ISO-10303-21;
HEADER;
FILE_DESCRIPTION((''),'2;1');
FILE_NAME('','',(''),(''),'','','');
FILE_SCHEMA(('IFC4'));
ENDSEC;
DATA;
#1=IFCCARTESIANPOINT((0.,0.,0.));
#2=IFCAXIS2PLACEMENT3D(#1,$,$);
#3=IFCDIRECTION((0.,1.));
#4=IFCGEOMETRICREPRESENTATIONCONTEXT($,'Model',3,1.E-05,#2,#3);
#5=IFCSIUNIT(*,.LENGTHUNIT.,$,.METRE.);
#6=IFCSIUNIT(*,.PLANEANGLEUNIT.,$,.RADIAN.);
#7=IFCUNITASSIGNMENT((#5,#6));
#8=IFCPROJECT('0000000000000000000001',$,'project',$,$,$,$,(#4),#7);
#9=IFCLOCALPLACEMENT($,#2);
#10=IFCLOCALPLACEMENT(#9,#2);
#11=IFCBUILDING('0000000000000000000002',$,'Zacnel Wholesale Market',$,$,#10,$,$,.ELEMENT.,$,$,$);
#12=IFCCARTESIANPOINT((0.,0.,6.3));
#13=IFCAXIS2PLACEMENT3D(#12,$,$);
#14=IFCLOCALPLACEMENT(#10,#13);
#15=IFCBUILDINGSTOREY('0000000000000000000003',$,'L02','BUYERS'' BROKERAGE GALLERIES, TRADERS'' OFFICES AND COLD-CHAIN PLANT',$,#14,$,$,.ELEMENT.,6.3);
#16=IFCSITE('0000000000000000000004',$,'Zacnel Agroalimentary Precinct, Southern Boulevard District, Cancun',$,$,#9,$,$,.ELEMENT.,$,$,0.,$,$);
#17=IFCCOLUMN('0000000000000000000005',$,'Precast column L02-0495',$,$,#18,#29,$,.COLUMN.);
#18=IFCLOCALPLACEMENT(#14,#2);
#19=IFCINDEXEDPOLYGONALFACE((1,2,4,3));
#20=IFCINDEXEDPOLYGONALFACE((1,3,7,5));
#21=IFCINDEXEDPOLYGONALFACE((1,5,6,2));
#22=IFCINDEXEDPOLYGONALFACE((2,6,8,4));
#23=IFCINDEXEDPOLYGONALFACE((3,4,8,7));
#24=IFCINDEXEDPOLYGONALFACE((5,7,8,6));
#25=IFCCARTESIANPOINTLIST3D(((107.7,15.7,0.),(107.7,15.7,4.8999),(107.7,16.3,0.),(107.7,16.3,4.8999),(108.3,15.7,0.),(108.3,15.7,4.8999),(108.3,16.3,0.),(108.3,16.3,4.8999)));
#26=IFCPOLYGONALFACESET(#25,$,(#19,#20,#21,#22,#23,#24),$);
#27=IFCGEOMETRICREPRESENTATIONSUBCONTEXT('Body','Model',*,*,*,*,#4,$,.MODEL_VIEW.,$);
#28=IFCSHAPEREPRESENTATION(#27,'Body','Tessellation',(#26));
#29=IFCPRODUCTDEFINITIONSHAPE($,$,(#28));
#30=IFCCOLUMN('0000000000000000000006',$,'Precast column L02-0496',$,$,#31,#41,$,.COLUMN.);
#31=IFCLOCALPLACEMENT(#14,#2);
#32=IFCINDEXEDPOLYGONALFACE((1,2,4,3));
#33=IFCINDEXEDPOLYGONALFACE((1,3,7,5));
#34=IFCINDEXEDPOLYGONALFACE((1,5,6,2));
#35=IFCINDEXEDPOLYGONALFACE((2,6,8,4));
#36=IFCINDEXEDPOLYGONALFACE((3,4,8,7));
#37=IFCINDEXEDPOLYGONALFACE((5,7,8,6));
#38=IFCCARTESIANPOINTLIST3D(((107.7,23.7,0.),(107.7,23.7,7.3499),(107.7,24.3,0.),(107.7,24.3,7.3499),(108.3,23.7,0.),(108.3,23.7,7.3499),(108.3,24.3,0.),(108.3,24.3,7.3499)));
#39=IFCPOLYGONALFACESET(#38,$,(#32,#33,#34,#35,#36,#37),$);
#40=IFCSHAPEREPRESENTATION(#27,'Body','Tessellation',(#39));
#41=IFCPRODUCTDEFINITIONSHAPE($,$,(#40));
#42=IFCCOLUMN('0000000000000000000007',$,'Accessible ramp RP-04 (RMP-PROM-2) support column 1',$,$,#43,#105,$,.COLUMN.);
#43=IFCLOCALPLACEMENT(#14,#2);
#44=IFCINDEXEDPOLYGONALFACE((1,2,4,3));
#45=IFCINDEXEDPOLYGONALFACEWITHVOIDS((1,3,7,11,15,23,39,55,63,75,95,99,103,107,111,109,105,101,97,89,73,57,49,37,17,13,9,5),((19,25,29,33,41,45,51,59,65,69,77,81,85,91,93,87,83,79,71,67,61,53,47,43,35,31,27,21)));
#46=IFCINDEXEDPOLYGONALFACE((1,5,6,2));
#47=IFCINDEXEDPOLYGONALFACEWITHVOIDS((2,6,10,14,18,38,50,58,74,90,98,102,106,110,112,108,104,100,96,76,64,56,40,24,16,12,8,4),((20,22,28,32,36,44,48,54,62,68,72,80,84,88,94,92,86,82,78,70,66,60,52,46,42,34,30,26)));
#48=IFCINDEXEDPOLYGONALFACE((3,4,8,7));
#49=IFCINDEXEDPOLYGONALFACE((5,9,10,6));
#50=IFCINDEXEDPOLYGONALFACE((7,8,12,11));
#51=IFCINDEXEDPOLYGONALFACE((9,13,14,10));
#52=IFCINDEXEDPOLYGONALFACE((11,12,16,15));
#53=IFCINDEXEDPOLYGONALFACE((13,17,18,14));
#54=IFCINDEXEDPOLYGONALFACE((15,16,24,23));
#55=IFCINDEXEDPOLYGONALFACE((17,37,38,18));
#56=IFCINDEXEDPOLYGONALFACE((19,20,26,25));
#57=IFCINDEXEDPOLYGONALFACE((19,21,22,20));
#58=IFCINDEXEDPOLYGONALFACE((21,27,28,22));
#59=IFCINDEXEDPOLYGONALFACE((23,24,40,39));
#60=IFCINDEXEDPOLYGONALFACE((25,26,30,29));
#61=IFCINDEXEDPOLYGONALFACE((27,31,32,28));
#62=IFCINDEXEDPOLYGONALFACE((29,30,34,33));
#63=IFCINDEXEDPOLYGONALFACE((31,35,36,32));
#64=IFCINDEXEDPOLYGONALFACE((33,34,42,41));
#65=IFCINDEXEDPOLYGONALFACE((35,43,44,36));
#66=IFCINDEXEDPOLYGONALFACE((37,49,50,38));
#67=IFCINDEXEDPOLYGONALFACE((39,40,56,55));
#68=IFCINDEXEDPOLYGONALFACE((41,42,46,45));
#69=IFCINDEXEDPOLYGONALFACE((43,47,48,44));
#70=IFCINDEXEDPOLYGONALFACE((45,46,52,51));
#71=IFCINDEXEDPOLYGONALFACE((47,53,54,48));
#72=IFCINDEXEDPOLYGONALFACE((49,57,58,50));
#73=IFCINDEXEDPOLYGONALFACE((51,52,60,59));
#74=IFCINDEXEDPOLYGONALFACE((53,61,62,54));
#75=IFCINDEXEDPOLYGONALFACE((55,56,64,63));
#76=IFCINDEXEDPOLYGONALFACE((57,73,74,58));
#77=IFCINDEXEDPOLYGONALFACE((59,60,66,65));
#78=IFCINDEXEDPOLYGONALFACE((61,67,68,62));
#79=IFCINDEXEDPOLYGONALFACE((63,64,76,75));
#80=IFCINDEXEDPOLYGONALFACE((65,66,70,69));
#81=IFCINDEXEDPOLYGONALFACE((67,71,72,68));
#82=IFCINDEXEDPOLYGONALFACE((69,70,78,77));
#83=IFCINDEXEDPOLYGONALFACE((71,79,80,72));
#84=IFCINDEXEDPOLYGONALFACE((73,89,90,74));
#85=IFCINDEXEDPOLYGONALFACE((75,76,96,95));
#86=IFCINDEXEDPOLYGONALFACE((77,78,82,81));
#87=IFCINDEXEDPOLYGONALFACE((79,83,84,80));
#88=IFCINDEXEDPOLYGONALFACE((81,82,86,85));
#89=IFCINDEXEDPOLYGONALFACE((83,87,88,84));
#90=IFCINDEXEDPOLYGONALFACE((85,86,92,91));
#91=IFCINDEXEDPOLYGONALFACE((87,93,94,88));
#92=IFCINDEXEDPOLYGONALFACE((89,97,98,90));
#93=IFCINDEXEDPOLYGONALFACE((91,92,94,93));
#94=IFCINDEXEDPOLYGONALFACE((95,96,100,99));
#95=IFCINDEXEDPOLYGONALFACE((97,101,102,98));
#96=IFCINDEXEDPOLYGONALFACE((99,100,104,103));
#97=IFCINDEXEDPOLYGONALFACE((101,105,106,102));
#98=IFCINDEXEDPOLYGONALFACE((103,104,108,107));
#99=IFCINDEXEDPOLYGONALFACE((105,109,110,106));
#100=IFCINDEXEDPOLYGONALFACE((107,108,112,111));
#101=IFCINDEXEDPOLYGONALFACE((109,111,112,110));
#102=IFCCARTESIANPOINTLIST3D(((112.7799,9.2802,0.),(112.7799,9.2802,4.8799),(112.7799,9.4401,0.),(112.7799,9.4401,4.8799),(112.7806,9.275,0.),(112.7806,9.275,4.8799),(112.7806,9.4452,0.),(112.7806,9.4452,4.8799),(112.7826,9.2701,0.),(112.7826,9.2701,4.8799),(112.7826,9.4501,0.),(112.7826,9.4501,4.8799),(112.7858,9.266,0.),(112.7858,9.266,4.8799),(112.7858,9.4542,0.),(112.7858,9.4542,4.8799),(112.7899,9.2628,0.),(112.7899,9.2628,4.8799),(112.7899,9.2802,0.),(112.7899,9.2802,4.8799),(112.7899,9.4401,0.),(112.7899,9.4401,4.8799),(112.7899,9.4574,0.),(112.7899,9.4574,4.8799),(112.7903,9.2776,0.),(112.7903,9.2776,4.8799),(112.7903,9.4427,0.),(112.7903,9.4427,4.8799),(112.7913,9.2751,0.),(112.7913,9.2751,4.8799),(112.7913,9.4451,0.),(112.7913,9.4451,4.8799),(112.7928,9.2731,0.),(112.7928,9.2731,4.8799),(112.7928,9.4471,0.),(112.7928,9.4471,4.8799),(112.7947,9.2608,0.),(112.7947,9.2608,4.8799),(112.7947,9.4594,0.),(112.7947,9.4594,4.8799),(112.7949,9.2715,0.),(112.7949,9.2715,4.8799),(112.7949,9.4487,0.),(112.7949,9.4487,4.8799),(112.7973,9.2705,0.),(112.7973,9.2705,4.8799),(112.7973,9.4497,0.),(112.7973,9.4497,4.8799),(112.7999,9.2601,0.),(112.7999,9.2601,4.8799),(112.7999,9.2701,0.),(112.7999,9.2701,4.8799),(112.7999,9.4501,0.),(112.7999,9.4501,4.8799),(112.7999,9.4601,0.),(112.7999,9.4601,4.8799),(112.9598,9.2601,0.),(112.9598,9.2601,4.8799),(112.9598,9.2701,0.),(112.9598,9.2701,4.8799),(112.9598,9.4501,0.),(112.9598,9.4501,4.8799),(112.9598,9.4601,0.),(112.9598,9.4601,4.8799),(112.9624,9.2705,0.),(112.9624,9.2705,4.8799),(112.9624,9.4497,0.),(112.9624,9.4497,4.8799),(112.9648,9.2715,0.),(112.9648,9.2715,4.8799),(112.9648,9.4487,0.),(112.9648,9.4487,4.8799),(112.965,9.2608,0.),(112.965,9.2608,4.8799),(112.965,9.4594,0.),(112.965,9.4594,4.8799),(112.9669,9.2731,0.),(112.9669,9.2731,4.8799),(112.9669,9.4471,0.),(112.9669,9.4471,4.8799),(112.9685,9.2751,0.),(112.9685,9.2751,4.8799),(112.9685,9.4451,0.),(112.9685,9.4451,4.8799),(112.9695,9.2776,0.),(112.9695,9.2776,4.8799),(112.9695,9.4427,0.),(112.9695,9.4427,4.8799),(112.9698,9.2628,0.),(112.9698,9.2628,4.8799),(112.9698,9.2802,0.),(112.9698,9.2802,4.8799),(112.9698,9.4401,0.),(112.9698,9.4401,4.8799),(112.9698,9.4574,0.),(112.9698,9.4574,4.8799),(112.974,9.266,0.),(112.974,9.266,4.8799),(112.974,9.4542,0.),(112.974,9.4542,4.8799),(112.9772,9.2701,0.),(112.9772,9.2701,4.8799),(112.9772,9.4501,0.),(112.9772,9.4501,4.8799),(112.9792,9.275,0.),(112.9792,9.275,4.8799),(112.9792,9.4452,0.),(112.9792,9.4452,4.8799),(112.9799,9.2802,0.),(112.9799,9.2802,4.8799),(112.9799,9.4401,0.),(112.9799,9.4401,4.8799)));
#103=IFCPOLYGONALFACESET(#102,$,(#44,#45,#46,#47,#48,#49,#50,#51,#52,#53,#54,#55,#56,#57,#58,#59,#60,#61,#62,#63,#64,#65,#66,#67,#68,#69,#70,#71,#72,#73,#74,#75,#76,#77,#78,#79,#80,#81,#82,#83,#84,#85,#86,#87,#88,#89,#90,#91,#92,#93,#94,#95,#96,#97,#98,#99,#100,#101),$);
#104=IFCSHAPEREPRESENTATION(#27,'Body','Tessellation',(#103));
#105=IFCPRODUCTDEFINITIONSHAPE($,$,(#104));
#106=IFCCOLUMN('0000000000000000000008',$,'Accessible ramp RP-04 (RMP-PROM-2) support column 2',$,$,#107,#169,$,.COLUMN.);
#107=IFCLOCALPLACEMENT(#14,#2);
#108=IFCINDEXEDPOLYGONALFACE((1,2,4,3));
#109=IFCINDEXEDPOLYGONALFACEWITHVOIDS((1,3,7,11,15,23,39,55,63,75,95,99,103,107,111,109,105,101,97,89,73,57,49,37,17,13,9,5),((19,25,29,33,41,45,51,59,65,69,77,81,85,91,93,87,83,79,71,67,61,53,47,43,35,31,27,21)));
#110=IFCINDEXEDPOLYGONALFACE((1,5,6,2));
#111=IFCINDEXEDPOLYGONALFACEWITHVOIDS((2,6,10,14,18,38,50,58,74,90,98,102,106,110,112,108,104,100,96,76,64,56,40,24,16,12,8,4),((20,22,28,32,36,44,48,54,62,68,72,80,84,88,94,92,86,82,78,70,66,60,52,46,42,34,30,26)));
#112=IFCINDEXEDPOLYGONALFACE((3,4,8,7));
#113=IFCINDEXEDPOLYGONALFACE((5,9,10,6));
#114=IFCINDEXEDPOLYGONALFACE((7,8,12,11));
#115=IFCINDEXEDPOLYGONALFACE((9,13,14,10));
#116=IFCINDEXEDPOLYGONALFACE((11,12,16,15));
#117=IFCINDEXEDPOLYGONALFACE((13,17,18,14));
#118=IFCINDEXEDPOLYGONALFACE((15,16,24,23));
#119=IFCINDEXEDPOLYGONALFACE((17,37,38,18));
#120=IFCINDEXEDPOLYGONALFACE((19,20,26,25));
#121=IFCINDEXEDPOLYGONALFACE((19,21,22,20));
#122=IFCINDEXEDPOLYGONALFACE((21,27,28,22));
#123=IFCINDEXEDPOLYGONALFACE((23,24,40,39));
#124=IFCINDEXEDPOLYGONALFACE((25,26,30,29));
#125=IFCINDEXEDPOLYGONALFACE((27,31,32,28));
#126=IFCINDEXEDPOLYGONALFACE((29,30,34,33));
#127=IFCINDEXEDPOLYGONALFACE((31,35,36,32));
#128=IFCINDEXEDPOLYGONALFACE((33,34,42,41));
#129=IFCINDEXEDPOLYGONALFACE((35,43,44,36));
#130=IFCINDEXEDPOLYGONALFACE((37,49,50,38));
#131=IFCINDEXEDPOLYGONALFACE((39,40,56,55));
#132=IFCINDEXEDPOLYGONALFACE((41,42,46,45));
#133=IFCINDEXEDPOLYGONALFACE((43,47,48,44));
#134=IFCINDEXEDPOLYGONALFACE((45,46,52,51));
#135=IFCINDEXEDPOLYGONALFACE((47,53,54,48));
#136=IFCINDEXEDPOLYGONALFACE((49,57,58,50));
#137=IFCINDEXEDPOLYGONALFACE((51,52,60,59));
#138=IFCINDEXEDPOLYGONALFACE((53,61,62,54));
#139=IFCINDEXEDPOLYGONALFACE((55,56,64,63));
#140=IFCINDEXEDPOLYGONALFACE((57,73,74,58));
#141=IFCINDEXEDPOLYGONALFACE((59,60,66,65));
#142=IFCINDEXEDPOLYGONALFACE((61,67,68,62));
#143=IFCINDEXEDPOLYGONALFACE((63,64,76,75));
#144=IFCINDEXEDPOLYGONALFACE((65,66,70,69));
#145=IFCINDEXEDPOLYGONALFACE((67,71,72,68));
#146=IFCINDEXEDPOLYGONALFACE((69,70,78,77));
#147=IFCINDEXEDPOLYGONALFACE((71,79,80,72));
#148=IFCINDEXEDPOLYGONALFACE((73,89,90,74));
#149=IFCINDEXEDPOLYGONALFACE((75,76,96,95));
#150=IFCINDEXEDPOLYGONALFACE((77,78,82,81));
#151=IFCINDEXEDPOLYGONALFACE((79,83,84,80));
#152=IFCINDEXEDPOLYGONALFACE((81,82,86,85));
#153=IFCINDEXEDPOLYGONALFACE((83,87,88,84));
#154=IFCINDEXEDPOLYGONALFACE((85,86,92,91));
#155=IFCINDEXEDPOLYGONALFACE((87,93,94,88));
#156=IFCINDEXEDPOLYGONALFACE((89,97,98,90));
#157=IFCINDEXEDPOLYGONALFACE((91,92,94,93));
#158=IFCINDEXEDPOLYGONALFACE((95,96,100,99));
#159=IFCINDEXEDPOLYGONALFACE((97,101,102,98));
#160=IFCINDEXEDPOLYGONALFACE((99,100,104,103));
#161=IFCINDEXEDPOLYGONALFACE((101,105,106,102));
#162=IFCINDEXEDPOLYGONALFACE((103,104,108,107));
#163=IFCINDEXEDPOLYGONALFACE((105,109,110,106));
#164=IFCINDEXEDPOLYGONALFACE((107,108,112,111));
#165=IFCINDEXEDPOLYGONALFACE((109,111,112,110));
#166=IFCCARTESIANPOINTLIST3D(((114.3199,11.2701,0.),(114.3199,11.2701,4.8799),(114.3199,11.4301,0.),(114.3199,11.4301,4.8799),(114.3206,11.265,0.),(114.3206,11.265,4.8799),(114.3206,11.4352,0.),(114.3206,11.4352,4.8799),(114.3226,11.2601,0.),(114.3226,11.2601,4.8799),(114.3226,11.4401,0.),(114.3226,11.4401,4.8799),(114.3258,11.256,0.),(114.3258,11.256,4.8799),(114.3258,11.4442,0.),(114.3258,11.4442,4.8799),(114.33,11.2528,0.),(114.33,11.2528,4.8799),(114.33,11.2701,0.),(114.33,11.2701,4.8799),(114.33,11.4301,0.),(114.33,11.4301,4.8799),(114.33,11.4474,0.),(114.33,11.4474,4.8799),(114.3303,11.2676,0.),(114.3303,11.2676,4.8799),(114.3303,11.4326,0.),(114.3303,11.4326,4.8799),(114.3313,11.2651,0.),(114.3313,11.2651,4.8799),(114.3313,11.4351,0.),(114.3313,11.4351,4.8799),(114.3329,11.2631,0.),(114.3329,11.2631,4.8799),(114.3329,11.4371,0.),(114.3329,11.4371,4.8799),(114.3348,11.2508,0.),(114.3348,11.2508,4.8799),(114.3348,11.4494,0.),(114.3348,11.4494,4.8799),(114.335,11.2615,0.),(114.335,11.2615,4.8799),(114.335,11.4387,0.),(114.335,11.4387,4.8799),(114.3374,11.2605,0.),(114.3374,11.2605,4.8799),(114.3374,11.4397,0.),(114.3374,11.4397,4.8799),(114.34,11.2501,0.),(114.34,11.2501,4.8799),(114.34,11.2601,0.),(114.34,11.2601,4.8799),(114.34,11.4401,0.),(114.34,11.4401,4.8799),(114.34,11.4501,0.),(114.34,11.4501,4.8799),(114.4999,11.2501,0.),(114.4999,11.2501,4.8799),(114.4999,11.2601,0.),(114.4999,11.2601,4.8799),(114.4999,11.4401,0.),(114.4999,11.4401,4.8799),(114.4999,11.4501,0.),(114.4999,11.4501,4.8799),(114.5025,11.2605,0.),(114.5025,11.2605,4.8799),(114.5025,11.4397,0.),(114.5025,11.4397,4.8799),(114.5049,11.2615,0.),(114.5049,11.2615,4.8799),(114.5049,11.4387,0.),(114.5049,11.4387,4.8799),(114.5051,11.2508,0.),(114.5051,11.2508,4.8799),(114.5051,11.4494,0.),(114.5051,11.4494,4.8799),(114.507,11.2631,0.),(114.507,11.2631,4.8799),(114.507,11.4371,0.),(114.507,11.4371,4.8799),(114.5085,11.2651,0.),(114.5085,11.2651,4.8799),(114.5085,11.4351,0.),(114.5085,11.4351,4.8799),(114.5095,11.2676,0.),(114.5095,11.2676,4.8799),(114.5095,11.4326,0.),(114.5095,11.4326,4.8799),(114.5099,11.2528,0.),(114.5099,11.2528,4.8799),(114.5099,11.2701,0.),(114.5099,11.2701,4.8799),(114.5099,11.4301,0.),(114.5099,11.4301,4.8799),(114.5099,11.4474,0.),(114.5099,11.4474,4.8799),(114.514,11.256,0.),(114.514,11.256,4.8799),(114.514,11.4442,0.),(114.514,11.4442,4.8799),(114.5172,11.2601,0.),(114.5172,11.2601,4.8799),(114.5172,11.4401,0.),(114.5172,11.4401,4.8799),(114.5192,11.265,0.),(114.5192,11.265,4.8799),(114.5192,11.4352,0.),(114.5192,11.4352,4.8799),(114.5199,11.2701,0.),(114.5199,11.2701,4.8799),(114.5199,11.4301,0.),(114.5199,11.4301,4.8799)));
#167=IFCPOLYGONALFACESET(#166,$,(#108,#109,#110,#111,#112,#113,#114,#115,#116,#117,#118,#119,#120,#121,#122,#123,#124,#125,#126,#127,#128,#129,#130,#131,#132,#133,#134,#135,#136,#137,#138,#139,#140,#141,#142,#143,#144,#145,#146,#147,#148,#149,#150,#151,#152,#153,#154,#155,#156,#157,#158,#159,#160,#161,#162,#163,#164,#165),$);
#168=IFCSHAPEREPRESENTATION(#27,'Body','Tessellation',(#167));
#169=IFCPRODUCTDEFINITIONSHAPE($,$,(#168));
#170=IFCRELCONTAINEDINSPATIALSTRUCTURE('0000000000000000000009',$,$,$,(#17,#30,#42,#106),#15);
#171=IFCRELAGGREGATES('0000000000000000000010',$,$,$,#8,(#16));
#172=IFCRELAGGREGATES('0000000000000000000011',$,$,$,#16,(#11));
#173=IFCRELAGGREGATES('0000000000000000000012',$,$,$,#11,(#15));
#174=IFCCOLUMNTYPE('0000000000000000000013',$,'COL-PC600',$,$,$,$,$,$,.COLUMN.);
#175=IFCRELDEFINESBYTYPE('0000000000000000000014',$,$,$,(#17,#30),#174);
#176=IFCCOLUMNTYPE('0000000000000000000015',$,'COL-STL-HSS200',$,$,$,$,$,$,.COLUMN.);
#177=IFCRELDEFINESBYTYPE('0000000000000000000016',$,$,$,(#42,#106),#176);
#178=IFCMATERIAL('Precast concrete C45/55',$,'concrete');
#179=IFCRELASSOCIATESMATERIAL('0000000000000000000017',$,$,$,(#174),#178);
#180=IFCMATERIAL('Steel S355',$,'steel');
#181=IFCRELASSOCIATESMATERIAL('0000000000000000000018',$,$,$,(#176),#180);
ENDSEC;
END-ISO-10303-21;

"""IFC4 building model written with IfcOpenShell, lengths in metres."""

from ifc_helpers import new_model, si_unit, direction, frame, origin, origin_2d, place, context, subcontext, project, spatial, rectangle, hollow_rectangle, extrude, material, material_profile, profile_set, type_object, element, save


model = new_model("IFC4")

# Units and contexts
model_context = context("Model", 3, precision=1e-05, world=origin(), true_north=direction((0.0, 1.0)))
body_context = subcontext(model_context, "Body", "Model", "MODEL_VIEW")
ifc_project = project(units=[si_unit("LENGTHUNIT", "METRE"), si_unit("PLANEANGLEUNIT", "RADIAN")], contexts=[model_context])

# Site, building, storey
site_placement = place(None, origin())
site = spatial("IfcSite", under=ifc_project, at=site_placement, Name="Zacnel Agroalimentary Precinct, Southern Boulevard District, Cancun", CompositionType="ELEMENT", RefElevation=0.0)
building_placement = place(site_placement, origin())
building = spatial("IfcBuilding", under=site, at=building_placement, Name="Zacnel Wholesale Market", CompositionType="ELEMENT")
storey_placement = place(building_placement, frame((0.0, 0.0, 6.3)))
storey = spatial("IfcBuildingStorey", under=building, at=storey_placement, Name="L02", Description="BUYERS' BROKERAGE GALLERIES, TRADERS' OFFICES AND COLD-CHAIN PLANT", CompositionType="ELEMENT", Elevation=6.3)

# Columns
ifc_material_1 = material(Name="Precast concrete C45/55", Category="concrete")
ifc_material_profile_1 = material_profile(ifc_material_1, rectangle(XDim=0.6001, YDim=0.6001, at=origin_2d()), Name="PC 600x600")
ifc_profile_set_1 = profile_set([ifc_material_profile_1], Name="Precast concrete C45/55")
column_type_1 = type_object("IfcColumnType", Name="COL-PC600", PredefinedType="COLUMN", material=ifc_profile_set_1)
column_1_placement = place(storey_placement, frame((108.0, 16.0, 0.0), z_axis=(0.0, 0.0, 1.0), x_axis=(1.0, 0.0, 0.0)))
element("IfcColumn", 1, at=column_1_placement, inside=storey, type_object=column_type_1, Name="Precast column L02-0495", PredefinedType="COLUMN", context=body_context, shape_type="SweptSolid", body=[
    extrude(rectangle(XDim=0.6001, YDim=0.6001, at=origin_2d()), origin(), (0.0, 0.0, 1.0), 4.8999),
])
column_2_placement = place(storey_placement, frame((108.0, 24.0, 0.0), z_axis=(0.0, 0.0, 1.0), x_axis=(1.0, 0.0, 0.0)))
element("IfcColumn", 2, at=column_2_placement, inside=storey, type_object=column_type_1, Name="Precast column L02-0496", PredefinedType="COLUMN", context=body_context, shape_type="SweptSolid", body=[
    extrude(rectangle(XDim=0.6001, YDim=0.6001, at=origin_2d()), origin(), (0.0, 0.0, 1.0), 7.3499),
])
ifc_material_2 = material(Name="Steel S355", Category="steel")
ifc_material_profile_2 = material_profile(ifc_material_2, hollow_rectangle(XDim=0.2, YDim=0.2, WallThickness=0.01, InnerFilletRadius=0.01, OuterFilletRadius=0.02, at=origin_2d()), Name="HSS 200x200x10")
ifc_profile_set_2 = profile_set([ifc_material_profile_2], Name="Steel S355")
column_type_2 = type_object("IfcColumnType", Name="COL-STL-HSS200", PredefinedType="COLUMN", material=ifc_profile_set_2)
for number, where, z_axis, x_axis, name in (
    (3, (112.8799, 9.3601, 0.0), (0.0, 0.0, 1.0), (1.0, 0.0, 0.0), "Accessible ramp RP-04 (RMP-PROM-2) support column 1"),
    (4, (114.4199, 11.3501, 0.0), (0.0, 0.0, 1.0), (1.0, 0.0, 0.0), "Accessible ramp RP-04 (RMP-PROM-2) support column 2"),
):
    element("IfcColumn", number, at=place(storey_placement, frame(where, z_axis=z_axis, x_axis=x_axis)), inside=storey, type_object=column_type_2, Name=name, PredefinedType="COLUMN", context=body_context, shape_type="SweptSolid", body=[
        extrude(hollow_rectangle(XDim=0.2, YDim=0.2, WallThickness=0.01, InnerFilletRadius=0.01, OuterFilletRadius=0.02, at=origin_2d()), origin(), (0.0, 0.0, 1.0), 4.8799),
    ])

save(model, "model.ifc")
